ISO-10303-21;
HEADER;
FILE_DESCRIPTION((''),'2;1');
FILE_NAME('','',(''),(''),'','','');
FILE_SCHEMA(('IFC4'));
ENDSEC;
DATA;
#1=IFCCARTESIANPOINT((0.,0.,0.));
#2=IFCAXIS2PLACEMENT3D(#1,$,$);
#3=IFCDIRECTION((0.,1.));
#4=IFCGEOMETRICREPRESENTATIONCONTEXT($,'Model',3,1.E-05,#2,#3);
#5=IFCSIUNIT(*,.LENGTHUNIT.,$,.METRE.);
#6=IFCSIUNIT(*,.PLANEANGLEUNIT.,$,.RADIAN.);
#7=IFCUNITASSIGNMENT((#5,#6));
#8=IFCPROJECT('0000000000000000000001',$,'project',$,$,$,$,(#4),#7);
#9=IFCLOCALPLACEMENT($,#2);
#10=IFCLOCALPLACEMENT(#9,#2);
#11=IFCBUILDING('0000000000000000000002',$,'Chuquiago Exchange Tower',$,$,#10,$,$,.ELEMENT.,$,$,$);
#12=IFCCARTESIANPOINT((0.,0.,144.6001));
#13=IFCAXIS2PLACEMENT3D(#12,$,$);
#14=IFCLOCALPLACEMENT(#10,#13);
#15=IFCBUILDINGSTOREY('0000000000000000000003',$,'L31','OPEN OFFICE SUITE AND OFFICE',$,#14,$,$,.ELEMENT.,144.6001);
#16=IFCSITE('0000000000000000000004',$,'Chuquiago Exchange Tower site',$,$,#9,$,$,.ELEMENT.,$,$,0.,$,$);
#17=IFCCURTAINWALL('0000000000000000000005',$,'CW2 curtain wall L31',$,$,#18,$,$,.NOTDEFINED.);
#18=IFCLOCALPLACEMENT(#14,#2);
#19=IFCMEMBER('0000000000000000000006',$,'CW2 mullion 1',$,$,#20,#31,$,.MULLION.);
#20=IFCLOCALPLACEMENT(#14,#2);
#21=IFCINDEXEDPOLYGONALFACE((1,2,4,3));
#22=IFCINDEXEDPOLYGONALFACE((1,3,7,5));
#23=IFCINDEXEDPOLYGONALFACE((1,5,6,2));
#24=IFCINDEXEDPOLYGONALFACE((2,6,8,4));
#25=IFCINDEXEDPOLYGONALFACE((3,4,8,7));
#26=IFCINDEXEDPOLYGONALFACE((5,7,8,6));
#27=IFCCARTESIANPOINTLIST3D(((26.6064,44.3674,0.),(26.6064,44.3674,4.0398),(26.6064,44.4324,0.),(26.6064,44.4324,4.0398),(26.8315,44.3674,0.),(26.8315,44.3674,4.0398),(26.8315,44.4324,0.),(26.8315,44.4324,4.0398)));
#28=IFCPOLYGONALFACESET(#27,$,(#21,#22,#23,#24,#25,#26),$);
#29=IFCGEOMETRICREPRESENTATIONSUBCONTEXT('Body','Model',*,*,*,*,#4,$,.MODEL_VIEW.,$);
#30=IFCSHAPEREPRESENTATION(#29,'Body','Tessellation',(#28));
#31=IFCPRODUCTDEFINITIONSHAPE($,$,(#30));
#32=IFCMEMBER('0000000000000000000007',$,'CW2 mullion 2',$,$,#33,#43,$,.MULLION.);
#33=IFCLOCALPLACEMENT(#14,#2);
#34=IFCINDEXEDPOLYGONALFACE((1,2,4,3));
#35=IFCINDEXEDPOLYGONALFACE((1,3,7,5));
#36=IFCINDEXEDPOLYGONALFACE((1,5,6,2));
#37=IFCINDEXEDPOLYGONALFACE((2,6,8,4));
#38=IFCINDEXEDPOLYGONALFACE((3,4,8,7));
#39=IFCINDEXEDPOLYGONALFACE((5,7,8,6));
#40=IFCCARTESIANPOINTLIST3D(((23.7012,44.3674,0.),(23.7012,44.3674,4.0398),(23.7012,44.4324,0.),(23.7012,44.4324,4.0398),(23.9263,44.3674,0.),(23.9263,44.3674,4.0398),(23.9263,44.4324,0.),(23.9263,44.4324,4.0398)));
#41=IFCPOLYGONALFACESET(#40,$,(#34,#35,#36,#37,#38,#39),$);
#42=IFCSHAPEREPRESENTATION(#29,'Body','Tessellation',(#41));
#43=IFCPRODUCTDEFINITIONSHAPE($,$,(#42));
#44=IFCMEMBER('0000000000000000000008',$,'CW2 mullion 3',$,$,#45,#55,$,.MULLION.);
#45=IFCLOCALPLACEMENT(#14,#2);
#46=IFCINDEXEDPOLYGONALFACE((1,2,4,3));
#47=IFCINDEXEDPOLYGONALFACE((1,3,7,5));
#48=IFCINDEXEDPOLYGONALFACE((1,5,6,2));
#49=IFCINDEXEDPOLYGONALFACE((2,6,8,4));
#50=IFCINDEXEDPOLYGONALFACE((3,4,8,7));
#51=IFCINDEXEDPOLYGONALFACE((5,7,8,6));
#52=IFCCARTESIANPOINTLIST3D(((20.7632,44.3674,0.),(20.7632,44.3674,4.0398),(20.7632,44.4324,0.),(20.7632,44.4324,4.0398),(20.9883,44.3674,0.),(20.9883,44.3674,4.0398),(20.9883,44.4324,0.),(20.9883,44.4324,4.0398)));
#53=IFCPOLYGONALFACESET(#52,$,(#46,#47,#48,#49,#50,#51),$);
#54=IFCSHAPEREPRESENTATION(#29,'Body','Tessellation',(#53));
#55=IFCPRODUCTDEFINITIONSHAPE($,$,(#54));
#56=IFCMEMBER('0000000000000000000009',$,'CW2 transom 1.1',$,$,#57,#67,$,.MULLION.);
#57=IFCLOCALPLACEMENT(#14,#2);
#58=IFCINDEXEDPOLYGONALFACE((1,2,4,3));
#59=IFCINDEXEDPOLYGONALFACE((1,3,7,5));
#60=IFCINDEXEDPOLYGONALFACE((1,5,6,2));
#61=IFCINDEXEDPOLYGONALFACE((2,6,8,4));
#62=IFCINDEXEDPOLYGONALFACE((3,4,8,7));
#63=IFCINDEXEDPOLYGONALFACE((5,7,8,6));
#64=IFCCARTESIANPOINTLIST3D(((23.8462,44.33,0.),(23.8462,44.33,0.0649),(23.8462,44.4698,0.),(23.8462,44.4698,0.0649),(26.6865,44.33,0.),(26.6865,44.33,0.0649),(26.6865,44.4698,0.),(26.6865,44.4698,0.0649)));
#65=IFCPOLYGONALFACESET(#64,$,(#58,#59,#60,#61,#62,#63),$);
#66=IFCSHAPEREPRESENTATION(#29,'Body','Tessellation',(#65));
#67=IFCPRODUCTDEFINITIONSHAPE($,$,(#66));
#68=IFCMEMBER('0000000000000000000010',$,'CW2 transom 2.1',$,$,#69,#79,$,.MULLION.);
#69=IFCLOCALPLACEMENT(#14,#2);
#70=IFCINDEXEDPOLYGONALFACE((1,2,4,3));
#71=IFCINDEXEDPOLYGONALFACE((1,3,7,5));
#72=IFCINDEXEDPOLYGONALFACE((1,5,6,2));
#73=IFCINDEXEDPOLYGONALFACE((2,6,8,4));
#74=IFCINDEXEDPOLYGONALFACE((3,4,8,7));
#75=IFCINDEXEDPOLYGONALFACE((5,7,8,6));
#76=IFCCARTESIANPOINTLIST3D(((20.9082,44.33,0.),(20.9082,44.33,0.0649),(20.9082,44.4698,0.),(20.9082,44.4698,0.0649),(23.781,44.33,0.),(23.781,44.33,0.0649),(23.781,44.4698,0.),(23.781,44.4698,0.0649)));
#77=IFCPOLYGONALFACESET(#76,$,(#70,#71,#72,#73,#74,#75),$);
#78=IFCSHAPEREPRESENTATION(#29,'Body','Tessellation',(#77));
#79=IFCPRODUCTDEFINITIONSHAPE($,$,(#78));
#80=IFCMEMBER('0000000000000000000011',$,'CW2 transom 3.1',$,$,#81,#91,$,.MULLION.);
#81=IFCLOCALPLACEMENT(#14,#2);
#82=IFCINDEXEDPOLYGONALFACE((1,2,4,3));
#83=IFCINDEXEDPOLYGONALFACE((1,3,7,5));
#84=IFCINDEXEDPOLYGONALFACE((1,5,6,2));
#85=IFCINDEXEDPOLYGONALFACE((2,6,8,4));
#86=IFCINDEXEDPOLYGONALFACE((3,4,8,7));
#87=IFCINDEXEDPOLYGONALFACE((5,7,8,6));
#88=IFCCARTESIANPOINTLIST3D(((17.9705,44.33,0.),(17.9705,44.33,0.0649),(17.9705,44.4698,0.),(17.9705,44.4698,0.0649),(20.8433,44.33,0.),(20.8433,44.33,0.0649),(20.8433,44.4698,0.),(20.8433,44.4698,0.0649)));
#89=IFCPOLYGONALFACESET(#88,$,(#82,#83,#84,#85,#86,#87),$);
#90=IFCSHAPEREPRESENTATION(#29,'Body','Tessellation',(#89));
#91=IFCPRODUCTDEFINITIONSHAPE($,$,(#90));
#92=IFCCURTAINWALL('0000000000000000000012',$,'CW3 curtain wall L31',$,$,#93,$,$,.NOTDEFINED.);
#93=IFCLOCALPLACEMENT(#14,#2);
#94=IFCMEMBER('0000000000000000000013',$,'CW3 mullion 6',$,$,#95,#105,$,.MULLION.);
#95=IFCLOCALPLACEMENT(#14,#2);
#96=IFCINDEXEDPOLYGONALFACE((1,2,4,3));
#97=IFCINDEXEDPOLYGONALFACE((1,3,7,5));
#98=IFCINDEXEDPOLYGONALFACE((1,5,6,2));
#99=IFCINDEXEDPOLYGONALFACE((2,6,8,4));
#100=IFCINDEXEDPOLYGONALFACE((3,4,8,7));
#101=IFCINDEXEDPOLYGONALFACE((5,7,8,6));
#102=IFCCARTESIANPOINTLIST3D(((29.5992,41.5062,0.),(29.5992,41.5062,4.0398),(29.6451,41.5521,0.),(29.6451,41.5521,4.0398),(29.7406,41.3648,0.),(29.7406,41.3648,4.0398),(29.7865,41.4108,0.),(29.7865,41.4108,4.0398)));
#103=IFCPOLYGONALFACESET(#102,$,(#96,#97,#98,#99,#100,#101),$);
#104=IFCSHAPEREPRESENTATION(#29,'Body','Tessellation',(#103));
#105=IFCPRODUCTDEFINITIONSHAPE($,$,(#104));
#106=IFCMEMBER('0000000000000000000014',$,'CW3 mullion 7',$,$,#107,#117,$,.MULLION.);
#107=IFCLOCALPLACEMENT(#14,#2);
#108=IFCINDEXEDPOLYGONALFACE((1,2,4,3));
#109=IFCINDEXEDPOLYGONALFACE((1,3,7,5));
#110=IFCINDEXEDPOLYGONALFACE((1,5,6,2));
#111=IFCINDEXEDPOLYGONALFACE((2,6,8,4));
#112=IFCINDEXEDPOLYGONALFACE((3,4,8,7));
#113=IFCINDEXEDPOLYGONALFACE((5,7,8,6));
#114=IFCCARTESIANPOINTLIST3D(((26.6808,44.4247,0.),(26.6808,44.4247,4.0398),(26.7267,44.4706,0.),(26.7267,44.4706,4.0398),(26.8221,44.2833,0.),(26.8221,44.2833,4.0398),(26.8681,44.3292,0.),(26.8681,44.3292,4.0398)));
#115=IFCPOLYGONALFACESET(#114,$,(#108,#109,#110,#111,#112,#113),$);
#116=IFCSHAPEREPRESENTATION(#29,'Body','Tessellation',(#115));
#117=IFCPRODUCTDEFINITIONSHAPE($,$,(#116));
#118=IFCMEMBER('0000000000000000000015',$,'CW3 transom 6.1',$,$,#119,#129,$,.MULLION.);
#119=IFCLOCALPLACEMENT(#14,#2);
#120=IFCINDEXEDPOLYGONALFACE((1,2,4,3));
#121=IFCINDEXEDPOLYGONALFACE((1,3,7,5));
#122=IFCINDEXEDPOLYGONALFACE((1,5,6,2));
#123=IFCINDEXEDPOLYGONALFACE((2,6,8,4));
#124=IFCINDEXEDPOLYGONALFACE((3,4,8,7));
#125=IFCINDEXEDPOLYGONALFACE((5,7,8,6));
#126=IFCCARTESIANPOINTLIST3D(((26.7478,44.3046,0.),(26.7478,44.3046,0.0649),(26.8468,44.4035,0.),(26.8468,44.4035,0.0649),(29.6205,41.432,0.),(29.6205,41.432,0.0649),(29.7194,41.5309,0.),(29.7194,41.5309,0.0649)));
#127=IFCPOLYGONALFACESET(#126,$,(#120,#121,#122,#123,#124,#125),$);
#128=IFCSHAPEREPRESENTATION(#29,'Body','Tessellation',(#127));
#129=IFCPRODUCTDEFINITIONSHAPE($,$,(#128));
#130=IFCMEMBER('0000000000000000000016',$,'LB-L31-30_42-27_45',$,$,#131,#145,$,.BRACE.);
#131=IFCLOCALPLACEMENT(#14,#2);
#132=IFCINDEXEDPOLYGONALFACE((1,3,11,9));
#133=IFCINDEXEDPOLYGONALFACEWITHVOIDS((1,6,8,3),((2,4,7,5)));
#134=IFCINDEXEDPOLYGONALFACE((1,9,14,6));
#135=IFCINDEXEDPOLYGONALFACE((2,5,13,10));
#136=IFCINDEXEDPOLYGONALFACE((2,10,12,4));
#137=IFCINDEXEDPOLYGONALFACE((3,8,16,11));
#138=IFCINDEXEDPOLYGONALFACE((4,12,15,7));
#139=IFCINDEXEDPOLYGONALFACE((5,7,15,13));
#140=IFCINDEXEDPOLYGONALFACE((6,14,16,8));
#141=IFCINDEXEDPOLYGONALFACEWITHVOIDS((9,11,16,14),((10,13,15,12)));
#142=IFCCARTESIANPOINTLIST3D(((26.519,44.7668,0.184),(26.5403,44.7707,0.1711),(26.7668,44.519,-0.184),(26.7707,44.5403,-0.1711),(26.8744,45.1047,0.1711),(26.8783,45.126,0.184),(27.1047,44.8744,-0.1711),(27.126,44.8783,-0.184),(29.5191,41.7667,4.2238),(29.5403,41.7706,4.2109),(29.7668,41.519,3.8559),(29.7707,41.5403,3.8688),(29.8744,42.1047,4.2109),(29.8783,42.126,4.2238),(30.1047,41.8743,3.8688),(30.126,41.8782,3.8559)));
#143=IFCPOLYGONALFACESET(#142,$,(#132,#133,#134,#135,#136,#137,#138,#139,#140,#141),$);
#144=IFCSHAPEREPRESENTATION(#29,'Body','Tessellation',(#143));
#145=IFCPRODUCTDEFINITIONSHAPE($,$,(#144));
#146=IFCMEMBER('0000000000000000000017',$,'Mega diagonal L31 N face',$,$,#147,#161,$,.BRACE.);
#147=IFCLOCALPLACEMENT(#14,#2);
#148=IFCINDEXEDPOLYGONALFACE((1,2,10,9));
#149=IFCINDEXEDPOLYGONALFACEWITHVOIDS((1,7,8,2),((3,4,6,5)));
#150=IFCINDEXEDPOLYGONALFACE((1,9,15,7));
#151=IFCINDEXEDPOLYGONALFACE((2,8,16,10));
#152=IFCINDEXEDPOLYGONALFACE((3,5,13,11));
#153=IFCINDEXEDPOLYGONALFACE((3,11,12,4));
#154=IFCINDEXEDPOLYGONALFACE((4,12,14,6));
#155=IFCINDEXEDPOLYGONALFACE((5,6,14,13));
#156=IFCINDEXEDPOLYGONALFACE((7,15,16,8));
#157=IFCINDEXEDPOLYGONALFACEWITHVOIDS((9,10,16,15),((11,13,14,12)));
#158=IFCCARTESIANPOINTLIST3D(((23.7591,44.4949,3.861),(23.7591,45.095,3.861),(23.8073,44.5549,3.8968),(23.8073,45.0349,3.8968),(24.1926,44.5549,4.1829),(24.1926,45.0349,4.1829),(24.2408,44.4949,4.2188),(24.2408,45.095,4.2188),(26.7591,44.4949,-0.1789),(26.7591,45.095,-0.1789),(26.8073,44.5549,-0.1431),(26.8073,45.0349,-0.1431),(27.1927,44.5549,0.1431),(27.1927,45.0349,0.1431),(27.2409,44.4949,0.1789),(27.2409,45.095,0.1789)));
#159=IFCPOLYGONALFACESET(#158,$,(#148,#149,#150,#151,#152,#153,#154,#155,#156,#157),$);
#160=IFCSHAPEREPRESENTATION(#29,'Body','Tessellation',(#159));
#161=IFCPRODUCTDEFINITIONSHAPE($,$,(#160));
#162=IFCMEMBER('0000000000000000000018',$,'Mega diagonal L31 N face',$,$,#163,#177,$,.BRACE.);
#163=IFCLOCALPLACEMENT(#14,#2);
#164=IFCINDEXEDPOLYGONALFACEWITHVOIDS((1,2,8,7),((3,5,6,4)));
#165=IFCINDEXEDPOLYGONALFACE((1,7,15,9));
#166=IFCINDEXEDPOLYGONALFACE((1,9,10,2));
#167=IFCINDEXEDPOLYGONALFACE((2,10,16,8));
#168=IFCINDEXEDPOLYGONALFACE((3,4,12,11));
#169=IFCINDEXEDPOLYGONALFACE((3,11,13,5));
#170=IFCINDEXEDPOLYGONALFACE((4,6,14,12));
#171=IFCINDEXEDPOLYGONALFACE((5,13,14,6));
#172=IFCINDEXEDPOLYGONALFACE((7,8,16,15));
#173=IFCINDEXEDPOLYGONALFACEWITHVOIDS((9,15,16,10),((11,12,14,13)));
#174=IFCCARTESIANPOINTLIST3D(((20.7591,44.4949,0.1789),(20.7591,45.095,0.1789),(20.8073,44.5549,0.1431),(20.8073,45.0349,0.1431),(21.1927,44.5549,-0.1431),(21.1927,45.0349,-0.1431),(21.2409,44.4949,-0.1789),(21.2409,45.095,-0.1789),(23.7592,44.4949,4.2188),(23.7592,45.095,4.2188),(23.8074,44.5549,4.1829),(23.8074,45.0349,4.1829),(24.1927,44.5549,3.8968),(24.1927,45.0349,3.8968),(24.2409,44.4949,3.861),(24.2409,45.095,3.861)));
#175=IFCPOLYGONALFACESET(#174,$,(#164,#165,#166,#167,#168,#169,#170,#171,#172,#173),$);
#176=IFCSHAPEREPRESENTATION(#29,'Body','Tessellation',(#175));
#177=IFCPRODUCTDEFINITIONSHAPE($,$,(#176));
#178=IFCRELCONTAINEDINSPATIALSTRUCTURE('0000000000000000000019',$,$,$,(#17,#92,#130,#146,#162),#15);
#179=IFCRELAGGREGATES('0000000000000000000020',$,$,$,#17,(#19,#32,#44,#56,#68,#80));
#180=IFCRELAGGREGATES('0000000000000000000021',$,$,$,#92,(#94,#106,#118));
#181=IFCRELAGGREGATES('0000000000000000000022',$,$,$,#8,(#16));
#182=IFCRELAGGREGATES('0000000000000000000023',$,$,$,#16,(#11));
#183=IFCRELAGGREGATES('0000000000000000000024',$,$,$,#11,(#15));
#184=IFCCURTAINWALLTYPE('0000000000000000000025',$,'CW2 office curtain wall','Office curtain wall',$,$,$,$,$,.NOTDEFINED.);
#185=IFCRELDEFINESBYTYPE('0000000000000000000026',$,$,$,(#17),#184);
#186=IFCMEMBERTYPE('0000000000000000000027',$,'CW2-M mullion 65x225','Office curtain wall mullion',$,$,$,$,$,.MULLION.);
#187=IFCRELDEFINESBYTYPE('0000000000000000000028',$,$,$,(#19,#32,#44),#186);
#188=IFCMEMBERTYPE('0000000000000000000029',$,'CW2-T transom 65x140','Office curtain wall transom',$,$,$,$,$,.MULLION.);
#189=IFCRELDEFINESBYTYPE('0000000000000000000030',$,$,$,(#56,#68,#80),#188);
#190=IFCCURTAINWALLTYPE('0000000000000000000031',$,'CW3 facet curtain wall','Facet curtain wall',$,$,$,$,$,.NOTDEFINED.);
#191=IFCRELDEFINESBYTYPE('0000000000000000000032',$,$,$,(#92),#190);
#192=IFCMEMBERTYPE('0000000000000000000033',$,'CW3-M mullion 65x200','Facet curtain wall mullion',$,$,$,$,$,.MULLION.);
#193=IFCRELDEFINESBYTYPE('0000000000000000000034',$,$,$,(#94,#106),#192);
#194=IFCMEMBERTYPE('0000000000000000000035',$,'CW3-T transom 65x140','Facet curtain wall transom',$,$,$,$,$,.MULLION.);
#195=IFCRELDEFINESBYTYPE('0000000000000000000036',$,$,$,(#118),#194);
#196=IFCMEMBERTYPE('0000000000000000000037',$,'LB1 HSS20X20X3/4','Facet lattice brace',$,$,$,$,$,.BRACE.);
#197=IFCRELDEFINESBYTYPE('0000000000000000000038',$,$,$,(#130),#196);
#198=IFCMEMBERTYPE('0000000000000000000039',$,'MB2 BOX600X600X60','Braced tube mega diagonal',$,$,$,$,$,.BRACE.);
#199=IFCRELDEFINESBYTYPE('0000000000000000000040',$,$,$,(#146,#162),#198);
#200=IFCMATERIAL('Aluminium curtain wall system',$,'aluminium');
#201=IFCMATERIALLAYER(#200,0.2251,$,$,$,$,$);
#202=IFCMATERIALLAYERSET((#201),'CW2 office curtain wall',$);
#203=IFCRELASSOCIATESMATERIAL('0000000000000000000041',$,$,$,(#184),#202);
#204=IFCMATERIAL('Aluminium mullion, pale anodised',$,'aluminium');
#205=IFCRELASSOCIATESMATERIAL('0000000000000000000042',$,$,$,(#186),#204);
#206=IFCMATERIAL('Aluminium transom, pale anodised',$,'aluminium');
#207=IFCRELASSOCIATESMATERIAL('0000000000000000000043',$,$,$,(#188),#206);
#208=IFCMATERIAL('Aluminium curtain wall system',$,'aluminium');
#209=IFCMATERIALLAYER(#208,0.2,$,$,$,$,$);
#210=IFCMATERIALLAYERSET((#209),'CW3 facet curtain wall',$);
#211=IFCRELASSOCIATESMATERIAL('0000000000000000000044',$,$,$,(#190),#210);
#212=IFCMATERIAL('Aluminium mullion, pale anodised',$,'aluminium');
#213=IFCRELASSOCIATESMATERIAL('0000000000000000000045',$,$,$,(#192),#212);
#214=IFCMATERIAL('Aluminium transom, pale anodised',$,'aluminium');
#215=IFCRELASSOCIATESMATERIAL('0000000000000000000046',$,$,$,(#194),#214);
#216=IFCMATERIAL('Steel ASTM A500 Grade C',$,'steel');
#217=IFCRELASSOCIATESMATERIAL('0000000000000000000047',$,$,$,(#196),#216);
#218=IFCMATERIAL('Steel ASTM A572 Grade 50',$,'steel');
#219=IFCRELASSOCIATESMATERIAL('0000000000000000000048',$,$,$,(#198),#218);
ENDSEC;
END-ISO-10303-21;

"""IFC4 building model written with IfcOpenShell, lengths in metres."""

from ifc_helpers import new_model, si_unit, direction, frame, origin, origin_2d, place, context, subcontext, project, spatial, rectangle, hollow_rectangle, extrude, material, layer, layer_set, material_profile, profile_set, type_object, element, aggregate, save


model = new_model("IFC4")

# Units and contexts
model_context = context("Model", 3, precision=1e-05, world=origin(), true_north=direction((0.0, 1.0)))
body_context = subcontext(model_context, "Body", "Model", "MODEL_VIEW")
ifc_project = project(units=[si_unit("LENGTHUNIT", "METRE"), si_unit("PLANEANGLEUNIT", "RADIAN")], contexts=[model_context])

# Site, building, storey
site_placement = place(None, origin())
site = spatial("IfcSite", under=ifc_project, at=site_placement, Name="Chuquiago Exchange Tower site", CompositionType="ELEMENT", RefElevation=0.0)
building_placement = place(site_placement, origin())
building = spatial("IfcBuilding", under=site, at=building_placement, Name="Chuquiago Exchange Tower", CompositionType="ELEMENT")
storey_placement = place(building_placement, frame((0.0, 0.0, 144.6001)))
storey = spatial("IfcBuildingStorey", under=building, at=storey_placement, Name="L31", Description="OPEN OFFICE SUITE AND OFFICE", CompositionType="ELEMENT", Elevation=144.6001)

# Curtain walls, members
ifc_material_1 = material(Name="Aluminium curtain wall system", Category="aluminium")
ifc_layer_1 = layer(ifc_material_1, 0.2251)
ifc_layer_set_1 = layer_set([ifc_layer_1], Name="CW2 office curtain wall")
curtain_wall_type_1 = type_object("IfcCurtainWallType", Name="CW2 office curtain wall", Description="Office curtain wall", PredefinedType="NOTDEFINED", material=ifc_layer_set_1)
curtain_wall_1_placement = place(storey_placement, origin())
curtain_wall_1 = element("IfcCurtainWall", 1, at=curtain_wall_1_placement, inside=storey, type_object=curtain_wall_type_1, Name="CW2 curtain wall L31", PredefinedType="NOTDEFINED")
ifc_material_2 = material(Name="Aluminium mullion, pale anodised", Category="aluminium")
ifc_material_profile_1 = material_profile(ifc_material_2, rectangle(XDim=0.0649, YDim=0.2251, at=origin_2d()), Name="AL 65x225")
ifc_profile_set_1 = profile_set([ifc_material_profile_1], Name="Aluminium mullion, pale anodised")
member_type_1 = type_object("IfcMemberType", Name="CW2-M mullion 65x225", Description="Office curtain wall mullion", PredefinedType="MULLION", material=ifc_profile_set_1)
member_1_placement = place(storey_placement, frame((26.719, 44.3999, 0.0), z_axis=(0.0, 0.0, 1.0), x_axis=(0.0, -1.0, 0.0)))
member_1 = element("IfcMember", 2, at=member_1_placement, type_object=member_type_1, Name="CW2 mullion 1", PredefinedType="MULLION", context=body_context, shape_type="SweptSolid", body=[
    extrude(rectangle(XDim=0.0649, YDim=0.2251, at=origin_2d()), origin(), (0.0, 0.0, 1.0), 4.0398),
])
member_2_placement = place(storey_placement, frame((23.8137, 44.3999, 0.0), z_axis=(0.0, 0.0, 1.0), x_axis=(0.0, -1.0, 0.0)))
member_2 = element("IfcMember", 3, at=member_2_placement, type_object=member_type_1, Name="CW2 mullion 2", PredefinedType="MULLION", context=body_context, shape_type="SweptSolid", body=[
    extrude(rectangle(XDim=0.0649, YDim=0.2251, at=origin_2d()), origin(), (0.0, 0.0, 1.0), 4.0398),
])
member_3_placement = place(storey_placement, frame((20.8757, 44.3999, 0.0), z_axis=(0.0, 0.0, 1.0), x_axis=(0.0, -1.0, 0.0)))
member_3 = element("IfcMember", 4, at=member_3_placement, type_object=member_type_1, Name="CW2 mullion 3", PredefinedType="MULLION", context=body_context, shape_type="SweptSolid", body=[
    extrude(rectangle(XDim=0.0649, YDim=0.2251, at=origin_2d()), origin(), (0.0, 0.0, 1.0), 4.0398),
])
ifc_material_3 = material(Name="Aluminium transom, pale anodised", Category="aluminium")
ifc_material_profile_2 = material_profile(ifc_material_3, rectangle(XDim=0.1399, YDim=0.0649, at=origin_2d()), Name="AL 140x65")
ifc_profile_set_2 = profile_set([ifc_material_profile_2], Name="Aluminium transom, pale anodised")
member_type_2 = type_object("IfcMemberType", Name="CW2-T transom 65x140", Description="Office curtain wall transom", PredefinedType="MULLION", material=ifc_profile_set_2)
member_4_placement = place(storey_placement, frame((26.6865, 44.3999, 0.0325), z_axis=(-1.0, 0.0, 0.0), x_axis=(0.0, -1.0, 0.0)))
member_4 = element("IfcMember", 5, at=member_4_placement, type_object=member_type_2, Name="CW2 transom 1.1", PredefinedType="MULLION", context=body_context, shape_type="SweptSolid", body=[
    extrude(rectangle(XDim=0.1399, YDim=0.0649, at=origin_2d()), origin(), (0.0, 0.0, 1.0), 2.8403),
])
member_5_placement = place(storey_placement, frame((23.781, 44.3999, 0.0325), z_axis=(-1.0, 0.0, 0.0), x_axis=(0.0, -1.0, 0.0)))
member_5 = element("IfcMember", 6, at=member_5_placement, type_object=member_type_2, Name="CW2 transom 2.1", PredefinedType="MULLION", context=body_context, shape_type="SweptSolid", body=[
    extrude(rectangle(XDim=0.1399, YDim=0.0649, at=origin_2d()), origin(), (0.0, 0.0, 1.0), 2.8728),
])
member_6_placement = place(storey_placement, frame((20.8433, 44.3999, 0.0325), z_axis=(-1.0, 0.0, 0.0), x_axis=(0.0, -1.0, 0.0)))
member_6 = element("IfcMember", 7, at=member_6_placement, type_object=member_type_2, Name="CW2 transom 3.1", PredefinedType="MULLION", context=body_context, shape_type="SweptSolid", body=[
    extrude(rectangle(XDim=0.1399, YDim=0.0649, at=origin_2d()), origin(), (0.0, 0.0, 1.0), 2.8728),
])
ifc_material_4 = material(Name="Aluminium curtain wall system", Category="aluminium")
ifc_layer_2 = layer(ifc_material_4, 0.2)
ifc_layer_set_2 = layer_set([ifc_layer_2], Name="CW3 facet curtain wall")
curtain_wall_type_2 = type_object("IfcCurtainWallType", Name="CW3 facet curtain wall", Description="Facet curtain wall", PredefinedType="NOTDEFINED", material=ifc_layer_set_2)
curtain_wall_2_placement = place(storey_placement, origin())
curtain_wall_2 = element("IfcCurtainWall", 8, at=curtain_wall_2_placement, inside=storey, type_object=curtain_wall_type_2, Name="CW3 curtain wall L31", PredefinedType="NOTDEFINED")
ifc_material_5 = material(Name="Aluminium mullion, pale anodised", Category="aluminium")
ifc_material_profile_3 = material_profile(ifc_material_5, rectangle(XDim=0.0649, YDim=0.2, at=origin_2d()), Name="AL 65x200")
ifc_profile_set_3 = profile_set([ifc_material_profile_3], Name="Aluminium mullion, pale anodised")
member_type_3 = type_object("IfcMemberType", Name="CW3-M mullion 65x200", Description="Facet curtain wall mullion", PredefinedType="MULLION", material=ifc_profile_set_3)
member_7_placement = place(storey_placement, frame((29.6929, 41.4585, 0.0), z_axis=(0.0, 0.0, 1.0), x_axis=(-0.707107, -0.707107, 0.0)))
member_7 = element("IfcMember", 9, at=member_7_placement, type_object=member_type_3, Name="CW3 mullion 6", PredefinedType="MULLION", context=body_context, shape_type="SweptSolid", body=[
    extrude(rectangle(XDim=0.0649, YDim=0.2, at=origin_2d()), origin(), (0.0, 0.0, 1.0), 4.0398),
])
member_8_placement = place(storey_placement, frame((26.7744, 44.377, 0.0), z_axis=(0.0, 0.0, 1.0), x_axis=(-0.707107, -0.707107, 0.0)))
member_8 = element("IfcMember", 10, at=member_8_placement, type_object=member_type_3, Name="CW3 mullion 7", PredefinedType="MULLION", context=body_context, shape_type="SweptSolid", body=[
    extrude(rectangle(XDim=0.0649, YDim=0.2, at=origin_2d()), origin(), (0.0, 0.0, 1.0), 4.0398),
])
ifc_material_6 = material(Name="Aluminium transom, pale anodised", Category="aluminium")
ifc_material_profile_4 = material_profile(ifc_material_6, rectangle(XDim=0.1399, YDim=0.0649, at=origin_2d()), Name="AL 140x65")
ifc_profile_set_4 = profile_set([ifc_material_profile_4], Name="Aluminium transom, pale anodised")
member_type_4 = type_object("IfcMemberType", Name="CW3-T transom 65x140", Description="Facet curtain wall transom", PredefinedType="MULLION", material=ifc_profile_set_4)
member_9_placement = place(storey_placement, frame((29.6699, 41.4814, 0.0325), z_axis=(-0.707107, 0.707107, 0.0), x_axis=(-0.707107, -0.707107, 0.0)))
member_9 = element("IfcMember", 11, at=member_9_placement, type_object=member_type_4, Name="CW3 transom 6.1", PredefinedType="MULLION", context=body_context, shape_type="SweptSolid", body=[
    extrude(rectangle(XDim=0.1399, YDim=0.0649, at=origin_2d()), origin(), (0.0, 0.0, 1.0), 4.0625),
])

# Members
ifc_material_7 = material(Name="Steel ASTM A500 Grade C", Category="steel")
ifc_material_profile_5 = material_profile(ifc_material_7, hollow_rectangle(XDim=0.5081, YDim=0.5081, WallThickness=0.0178, at=origin_2d()), Name="HSS20X20X3/4")
ifc_profile_set_5 = profile_set([ifc_material_profile_5], Name="Steel ASTM A500 Grade C")
member_type_5 = type_object("IfcMemberType", Name="LB1 HSS20X20X3/4", Description="Facet lattice brace", PredefinedType="BRACE", material=ifc_profile_set_5)
member_10_placement = place(storey_placement, frame((26.8225, 44.8225, 0.0), z_axis=(0.512092, -0.512092, 0.689582), x_axis=(0.707107, 0.707107, 0.0)))
element("IfcMember", 12, at=member_10_placement, inside=storey, type_object=member_type_5, Name="LB-L31-30_42-27_45", PredefinedType="BRACE", context=body_context, shape_type="SweptSolid", body=[
    extrude(hollow_rectangle(XDim=0.5081, YDim=0.5081, WallThickness=0.0178, at=origin_2d()), origin(), (0.0, 0.0, 1.0), 5.8584),
])
ifc_material_8 = material(Name="Steel ASTM A572 Grade 50", Category="steel")
ifc_material_profile_6 = material_profile(ifc_material_8, hollow_rectangle(XDim=0.6001, YDim=0.6001, WallThickness=0.0601, at=origin_2d()), Name="BOX600X600X60")
ifc_profile_set_6 = profile_set([ifc_material_profile_6], Name="Steel ASTM A572 Grade 50")
member_type_6 = type_object("IfcMemberType", Name="MB2 BOX600X600X60", Description="Braced tube mega diagonal", PredefinedType="BRACE", material=ifc_profile_set_6)
for number, where, z_axis, x_axis, name in (
    (13, (27.0, 44.7949, 0.0), (-0.596197, 0.0, 0.802838), (0.0, -1.0, 0.0), "Mega diagonal L31 N face"),
    (14, (21.0, 44.7949, 0.0), (0.596197, 0.0, 0.802838), (0.0, 1.0, 0.0), "Mega diagonal L31 N face"),
):
    element("IfcMember", number, at=place(storey_placement, frame(where, z_axis=z_axis, x_axis=x_axis)), inside=storey, type_object=member_type_6, Name=name, PredefinedType="BRACE", context=body_context, shape_type="SweptSolid", body=[
        extrude(hollow_rectangle(XDim=0.6001, YDim=0.6001, WallThickness=0.0601, at=origin_2d()), origin(), (0.0, 0.0, 1.0), 5.032),
    ])

aggregate(curtain_wall_1, [member_1, member_2, member_3, member_4, member_5, member_6])
aggregate(curtain_wall_2, [member_7, member_8, member_9])

save(model, "model.ifc")
